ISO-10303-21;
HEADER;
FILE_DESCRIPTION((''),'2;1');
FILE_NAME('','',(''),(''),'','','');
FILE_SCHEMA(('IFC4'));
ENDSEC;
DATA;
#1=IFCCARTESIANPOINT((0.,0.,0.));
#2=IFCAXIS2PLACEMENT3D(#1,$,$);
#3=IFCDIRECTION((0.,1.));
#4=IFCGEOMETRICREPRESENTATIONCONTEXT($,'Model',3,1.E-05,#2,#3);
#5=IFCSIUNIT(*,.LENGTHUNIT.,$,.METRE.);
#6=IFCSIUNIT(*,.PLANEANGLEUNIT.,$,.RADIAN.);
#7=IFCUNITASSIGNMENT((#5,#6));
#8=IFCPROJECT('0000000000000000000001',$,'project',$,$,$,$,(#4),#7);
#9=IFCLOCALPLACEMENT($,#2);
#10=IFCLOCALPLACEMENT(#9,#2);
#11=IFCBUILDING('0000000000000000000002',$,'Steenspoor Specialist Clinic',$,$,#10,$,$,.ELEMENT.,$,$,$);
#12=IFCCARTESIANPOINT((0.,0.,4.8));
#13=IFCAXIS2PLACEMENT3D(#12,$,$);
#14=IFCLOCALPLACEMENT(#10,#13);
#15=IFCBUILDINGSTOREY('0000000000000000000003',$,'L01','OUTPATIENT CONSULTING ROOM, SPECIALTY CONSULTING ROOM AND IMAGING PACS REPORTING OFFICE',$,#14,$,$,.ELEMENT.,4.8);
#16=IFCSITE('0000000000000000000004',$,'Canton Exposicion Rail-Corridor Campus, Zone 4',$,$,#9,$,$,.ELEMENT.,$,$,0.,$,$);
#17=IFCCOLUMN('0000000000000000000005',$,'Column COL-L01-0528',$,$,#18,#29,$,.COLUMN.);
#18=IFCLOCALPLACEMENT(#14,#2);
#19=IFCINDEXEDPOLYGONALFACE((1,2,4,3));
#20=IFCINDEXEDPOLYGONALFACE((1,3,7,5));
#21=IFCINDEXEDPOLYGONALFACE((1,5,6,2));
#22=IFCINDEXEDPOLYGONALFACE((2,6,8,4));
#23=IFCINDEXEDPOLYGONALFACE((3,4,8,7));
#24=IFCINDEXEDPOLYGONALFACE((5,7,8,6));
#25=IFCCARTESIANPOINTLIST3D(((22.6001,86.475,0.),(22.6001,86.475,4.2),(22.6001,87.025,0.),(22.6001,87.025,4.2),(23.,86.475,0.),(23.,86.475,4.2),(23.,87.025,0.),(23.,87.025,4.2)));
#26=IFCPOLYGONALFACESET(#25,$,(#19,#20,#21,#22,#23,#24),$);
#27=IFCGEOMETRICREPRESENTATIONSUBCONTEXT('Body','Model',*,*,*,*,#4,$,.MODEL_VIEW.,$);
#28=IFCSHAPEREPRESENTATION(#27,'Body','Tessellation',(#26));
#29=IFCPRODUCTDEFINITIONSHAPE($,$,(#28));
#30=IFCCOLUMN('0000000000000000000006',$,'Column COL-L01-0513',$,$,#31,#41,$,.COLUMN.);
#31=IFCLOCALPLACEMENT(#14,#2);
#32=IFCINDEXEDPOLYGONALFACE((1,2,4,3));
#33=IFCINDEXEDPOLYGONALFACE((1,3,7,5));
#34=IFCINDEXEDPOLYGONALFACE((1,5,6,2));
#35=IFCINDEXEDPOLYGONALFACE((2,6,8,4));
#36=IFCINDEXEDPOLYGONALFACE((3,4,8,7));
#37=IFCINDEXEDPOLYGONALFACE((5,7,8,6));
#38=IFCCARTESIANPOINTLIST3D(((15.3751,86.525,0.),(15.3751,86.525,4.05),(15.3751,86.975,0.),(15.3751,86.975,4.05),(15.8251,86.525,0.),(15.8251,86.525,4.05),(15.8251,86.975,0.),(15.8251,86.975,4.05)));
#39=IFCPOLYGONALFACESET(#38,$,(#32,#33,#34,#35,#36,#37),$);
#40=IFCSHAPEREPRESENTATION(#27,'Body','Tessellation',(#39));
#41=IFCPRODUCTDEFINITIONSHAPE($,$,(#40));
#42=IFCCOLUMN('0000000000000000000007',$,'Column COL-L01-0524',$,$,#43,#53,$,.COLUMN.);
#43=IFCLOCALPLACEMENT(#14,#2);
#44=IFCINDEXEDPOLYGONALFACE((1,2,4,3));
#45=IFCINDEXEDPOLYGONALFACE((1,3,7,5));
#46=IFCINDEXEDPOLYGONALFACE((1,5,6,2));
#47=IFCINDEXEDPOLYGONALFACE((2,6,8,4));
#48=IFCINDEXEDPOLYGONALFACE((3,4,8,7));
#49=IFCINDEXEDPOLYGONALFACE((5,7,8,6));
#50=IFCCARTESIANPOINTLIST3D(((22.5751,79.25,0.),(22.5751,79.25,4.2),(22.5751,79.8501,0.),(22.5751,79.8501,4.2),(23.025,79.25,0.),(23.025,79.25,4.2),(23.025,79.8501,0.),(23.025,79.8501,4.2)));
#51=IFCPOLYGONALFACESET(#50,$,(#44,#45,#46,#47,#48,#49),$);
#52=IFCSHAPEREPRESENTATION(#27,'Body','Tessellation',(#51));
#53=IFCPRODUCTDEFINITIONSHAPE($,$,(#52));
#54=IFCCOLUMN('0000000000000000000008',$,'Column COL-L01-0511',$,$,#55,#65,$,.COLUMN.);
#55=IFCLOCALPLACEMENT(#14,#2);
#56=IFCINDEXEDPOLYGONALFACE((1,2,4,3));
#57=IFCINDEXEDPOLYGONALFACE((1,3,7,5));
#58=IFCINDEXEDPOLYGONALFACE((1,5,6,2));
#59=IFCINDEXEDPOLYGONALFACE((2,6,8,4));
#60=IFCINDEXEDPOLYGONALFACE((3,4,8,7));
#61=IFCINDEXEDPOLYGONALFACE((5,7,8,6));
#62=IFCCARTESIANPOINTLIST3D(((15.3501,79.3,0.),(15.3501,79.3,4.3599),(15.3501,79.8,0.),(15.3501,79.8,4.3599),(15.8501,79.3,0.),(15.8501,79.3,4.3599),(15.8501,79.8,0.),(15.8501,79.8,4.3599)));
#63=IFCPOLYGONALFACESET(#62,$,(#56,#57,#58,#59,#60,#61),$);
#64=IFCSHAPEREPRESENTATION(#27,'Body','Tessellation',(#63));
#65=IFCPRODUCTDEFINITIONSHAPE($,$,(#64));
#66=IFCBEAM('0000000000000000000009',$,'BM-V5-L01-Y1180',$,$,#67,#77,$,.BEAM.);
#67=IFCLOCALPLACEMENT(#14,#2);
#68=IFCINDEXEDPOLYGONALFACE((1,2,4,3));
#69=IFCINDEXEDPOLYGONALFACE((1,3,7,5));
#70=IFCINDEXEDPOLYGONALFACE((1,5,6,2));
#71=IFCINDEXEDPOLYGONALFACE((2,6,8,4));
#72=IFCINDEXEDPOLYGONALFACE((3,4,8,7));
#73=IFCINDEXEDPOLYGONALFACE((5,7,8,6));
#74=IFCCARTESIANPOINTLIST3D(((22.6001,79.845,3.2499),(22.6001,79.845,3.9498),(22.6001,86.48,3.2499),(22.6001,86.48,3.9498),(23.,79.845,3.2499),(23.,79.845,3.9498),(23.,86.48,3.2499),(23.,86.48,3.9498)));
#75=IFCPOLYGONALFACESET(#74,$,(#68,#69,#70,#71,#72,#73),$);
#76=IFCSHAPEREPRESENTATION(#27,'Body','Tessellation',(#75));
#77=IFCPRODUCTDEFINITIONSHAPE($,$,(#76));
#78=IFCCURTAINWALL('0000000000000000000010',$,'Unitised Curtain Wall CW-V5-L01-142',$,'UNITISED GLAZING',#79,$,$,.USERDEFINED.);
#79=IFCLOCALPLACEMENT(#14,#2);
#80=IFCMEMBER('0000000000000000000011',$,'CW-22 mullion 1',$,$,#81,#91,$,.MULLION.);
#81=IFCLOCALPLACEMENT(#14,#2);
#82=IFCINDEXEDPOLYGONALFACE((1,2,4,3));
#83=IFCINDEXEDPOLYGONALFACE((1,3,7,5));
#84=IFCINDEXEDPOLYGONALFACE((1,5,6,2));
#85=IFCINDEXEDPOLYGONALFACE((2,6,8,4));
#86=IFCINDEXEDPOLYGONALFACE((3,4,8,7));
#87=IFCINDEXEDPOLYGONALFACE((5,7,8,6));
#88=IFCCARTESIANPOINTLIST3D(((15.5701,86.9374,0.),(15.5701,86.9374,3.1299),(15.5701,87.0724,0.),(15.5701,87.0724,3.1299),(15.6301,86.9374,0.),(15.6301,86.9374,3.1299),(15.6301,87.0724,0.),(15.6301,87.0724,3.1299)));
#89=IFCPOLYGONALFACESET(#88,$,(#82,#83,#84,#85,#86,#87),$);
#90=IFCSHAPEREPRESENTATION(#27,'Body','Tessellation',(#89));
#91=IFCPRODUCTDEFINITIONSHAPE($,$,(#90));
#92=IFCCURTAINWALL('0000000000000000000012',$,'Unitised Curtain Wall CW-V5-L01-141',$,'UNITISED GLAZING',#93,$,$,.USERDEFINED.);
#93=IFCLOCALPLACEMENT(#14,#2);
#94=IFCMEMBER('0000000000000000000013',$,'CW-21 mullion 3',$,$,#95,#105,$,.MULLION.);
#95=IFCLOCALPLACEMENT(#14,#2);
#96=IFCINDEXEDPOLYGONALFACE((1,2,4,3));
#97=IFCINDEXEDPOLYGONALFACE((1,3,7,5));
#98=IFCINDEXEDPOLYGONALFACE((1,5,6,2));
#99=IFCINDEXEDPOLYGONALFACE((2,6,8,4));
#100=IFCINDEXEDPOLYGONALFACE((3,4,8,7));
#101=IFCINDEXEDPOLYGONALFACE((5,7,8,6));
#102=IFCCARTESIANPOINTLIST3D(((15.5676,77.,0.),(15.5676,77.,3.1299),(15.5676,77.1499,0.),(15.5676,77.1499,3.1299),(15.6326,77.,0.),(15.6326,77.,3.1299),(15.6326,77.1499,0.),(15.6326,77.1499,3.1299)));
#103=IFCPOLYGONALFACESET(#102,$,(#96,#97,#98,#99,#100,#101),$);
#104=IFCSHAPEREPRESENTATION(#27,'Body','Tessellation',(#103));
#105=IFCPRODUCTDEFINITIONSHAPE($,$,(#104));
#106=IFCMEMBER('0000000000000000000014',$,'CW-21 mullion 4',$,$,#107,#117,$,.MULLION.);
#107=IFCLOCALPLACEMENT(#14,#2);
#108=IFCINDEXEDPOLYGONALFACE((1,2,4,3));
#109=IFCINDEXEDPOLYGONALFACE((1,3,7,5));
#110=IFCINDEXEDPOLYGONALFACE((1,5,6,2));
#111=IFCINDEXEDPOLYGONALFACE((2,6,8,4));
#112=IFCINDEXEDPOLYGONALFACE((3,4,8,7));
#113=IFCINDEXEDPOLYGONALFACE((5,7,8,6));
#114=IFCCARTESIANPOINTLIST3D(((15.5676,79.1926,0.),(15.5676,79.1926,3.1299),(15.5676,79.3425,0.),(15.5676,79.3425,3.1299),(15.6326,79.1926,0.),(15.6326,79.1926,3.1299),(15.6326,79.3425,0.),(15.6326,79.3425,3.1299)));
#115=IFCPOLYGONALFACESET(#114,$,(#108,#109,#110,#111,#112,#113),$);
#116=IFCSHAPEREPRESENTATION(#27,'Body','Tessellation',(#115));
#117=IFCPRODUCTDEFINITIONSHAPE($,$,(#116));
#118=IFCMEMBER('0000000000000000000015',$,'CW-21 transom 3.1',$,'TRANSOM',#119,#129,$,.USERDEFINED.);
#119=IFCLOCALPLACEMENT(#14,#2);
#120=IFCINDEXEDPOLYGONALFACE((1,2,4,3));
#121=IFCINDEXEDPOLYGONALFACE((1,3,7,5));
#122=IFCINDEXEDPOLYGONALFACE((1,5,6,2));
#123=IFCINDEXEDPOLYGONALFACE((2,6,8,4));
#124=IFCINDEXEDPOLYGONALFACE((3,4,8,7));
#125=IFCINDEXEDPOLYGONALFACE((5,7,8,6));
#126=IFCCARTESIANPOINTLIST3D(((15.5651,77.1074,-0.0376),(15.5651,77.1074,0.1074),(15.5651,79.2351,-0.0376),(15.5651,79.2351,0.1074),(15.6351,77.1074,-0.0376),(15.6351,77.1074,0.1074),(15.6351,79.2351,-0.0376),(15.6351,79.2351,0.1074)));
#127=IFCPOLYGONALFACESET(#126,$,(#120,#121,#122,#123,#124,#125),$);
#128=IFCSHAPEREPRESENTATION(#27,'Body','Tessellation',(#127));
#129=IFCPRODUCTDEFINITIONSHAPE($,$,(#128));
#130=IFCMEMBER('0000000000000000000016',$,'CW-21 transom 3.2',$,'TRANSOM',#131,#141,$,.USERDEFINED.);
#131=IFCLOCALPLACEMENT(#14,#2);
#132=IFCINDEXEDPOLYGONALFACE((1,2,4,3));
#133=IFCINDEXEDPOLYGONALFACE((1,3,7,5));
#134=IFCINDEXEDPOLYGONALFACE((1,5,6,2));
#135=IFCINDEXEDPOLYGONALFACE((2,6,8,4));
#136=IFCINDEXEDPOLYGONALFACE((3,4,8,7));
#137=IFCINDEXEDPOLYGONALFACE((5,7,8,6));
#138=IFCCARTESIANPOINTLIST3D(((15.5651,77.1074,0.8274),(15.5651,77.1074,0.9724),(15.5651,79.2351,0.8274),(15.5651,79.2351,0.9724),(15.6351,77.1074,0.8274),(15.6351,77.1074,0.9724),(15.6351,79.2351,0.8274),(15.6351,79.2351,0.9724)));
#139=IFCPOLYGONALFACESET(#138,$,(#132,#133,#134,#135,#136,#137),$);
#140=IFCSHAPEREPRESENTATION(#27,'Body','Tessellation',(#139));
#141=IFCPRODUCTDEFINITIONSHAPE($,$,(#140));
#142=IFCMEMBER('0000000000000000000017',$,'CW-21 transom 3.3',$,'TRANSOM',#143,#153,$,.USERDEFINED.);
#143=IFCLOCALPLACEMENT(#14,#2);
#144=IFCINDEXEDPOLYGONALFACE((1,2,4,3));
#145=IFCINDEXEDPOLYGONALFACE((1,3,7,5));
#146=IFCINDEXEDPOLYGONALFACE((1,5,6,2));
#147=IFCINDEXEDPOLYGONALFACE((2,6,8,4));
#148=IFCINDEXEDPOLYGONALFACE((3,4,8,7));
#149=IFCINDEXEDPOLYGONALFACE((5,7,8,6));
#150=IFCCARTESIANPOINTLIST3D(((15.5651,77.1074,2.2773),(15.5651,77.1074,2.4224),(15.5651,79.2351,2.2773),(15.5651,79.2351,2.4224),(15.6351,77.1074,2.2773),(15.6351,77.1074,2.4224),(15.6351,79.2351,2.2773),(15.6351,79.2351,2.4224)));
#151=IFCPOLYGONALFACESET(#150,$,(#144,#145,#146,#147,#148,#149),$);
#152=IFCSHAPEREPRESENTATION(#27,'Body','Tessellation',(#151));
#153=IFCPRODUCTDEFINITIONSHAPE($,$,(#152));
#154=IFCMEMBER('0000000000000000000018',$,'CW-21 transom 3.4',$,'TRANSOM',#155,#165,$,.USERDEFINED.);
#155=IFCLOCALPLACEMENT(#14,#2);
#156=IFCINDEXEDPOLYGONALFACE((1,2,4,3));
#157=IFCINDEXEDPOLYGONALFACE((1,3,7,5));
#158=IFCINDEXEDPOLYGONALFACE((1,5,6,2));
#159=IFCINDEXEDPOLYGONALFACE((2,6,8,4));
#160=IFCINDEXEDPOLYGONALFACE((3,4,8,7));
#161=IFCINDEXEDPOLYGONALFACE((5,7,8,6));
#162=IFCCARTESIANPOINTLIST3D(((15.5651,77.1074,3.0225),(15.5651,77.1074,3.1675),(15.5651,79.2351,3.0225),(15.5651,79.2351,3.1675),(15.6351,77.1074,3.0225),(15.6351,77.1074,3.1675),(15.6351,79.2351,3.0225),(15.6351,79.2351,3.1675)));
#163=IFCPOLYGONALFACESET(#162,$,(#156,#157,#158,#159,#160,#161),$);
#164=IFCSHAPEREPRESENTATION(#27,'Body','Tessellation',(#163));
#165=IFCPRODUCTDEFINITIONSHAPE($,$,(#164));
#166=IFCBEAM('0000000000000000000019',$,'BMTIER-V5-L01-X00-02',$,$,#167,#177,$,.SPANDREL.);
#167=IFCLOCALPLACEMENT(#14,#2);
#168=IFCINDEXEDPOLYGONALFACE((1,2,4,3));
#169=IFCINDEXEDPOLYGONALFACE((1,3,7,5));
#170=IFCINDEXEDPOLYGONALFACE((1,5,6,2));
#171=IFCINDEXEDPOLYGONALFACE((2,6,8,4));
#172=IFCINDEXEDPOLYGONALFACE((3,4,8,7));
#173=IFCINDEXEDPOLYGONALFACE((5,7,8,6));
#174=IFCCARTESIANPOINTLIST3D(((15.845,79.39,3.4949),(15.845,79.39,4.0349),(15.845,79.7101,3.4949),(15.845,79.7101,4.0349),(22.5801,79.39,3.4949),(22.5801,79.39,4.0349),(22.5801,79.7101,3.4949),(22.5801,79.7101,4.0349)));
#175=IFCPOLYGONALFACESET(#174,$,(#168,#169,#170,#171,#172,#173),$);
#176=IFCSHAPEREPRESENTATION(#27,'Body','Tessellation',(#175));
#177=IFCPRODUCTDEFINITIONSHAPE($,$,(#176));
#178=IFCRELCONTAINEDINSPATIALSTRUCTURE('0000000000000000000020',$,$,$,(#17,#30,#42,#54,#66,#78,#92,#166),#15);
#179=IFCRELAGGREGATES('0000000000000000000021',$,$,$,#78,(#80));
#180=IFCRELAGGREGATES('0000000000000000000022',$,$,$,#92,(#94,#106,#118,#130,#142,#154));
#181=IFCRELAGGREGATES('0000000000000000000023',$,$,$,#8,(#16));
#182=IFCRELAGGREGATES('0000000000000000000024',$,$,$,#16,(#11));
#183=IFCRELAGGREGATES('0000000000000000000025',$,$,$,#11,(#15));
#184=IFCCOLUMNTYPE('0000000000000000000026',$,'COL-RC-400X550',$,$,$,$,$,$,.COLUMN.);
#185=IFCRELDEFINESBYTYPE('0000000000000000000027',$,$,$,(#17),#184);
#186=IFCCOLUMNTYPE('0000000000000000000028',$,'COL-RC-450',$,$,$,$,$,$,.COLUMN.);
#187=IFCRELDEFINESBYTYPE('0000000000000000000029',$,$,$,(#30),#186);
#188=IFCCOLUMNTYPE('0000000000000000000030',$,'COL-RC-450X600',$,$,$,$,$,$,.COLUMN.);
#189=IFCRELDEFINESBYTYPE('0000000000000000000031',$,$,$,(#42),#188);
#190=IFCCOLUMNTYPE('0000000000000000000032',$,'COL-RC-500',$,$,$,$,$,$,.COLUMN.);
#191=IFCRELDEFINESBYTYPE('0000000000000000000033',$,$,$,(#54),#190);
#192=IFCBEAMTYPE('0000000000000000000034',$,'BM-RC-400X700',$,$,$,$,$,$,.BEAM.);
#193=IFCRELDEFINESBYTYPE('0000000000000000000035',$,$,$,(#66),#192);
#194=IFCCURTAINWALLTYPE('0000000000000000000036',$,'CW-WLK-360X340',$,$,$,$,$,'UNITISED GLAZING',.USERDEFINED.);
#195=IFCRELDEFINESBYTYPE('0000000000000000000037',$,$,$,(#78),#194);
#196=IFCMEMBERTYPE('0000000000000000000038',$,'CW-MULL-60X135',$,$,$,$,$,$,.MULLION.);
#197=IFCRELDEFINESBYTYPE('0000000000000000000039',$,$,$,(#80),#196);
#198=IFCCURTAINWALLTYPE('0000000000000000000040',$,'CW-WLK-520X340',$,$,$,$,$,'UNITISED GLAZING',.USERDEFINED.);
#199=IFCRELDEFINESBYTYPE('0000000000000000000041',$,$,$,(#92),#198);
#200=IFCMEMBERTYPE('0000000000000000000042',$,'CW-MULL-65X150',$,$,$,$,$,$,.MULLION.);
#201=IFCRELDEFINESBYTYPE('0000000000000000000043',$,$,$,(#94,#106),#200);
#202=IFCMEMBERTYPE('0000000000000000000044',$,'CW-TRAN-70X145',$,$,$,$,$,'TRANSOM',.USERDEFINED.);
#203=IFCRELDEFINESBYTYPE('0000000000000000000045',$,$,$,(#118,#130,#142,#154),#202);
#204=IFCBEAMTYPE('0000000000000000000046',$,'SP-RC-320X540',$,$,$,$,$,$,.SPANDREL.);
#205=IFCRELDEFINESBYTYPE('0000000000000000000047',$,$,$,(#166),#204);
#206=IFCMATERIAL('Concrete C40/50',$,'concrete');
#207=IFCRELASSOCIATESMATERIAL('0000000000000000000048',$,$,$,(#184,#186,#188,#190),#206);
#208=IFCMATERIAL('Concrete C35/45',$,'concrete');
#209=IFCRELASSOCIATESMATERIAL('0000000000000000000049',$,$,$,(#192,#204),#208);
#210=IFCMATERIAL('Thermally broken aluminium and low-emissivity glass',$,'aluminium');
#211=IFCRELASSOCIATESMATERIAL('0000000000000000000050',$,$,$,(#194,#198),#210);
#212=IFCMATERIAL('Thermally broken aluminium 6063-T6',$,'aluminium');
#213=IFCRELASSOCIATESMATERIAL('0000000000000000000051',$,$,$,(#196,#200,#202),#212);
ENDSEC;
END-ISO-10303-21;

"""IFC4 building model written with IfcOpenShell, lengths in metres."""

from ifc_helpers import new_model, si_unit, direction, frame, origin, origin_2d, place, context, subcontext, project, spatial, rectangle, extrude, material, material_profile, profile_set, type_object, element, aggregate, save


model = new_model("IFC4")

# Units and contexts
model_context = context("Model", 3, precision=1e-05, world=origin(), true_north=direction((0.0, 1.0)))
body_context = subcontext(model_context, "Body", "Model", "MODEL_VIEW")
ifc_project = project(units=[si_unit("LENGTHUNIT", "METRE"), si_unit("PLANEANGLEUNIT", "RADIAN")], contexts=[model_context])

# Site, building, storey
site_placement = place(None, origin())
site = spatial("IfcSite", under=ifc_project, at=site_placement, Name="Canton Exposicion Rail-Corridor Campus, Zone 4", CompositionType="ELEMENT", RefElevation=0.0)
building_placement = place(site_placement, origin())
building = spatial("IfcBuilding", under=site, at=building_placement, Name="Steenspoor Specialist Clinic", CompositionType="ELEMENT")
storey_placement = place(building_placement, frame((0.0, 0.0, 4.8)))
storey = spatial("IfcBuildingStorey", under=building, at=storey_placement, Name="L01", Description="OUTPATIENT CONSULTING ROOM, SPECIALTY CONSULTING ROOM AND IMAGING PACS REPORTING OFFICE", CompositionType="ELEMENT", Elevation=4.8)

# Columns
ifc_material_1 = material(Name="Concrete C40/50", Category="concrete")
ifc_material_profile_1 = material_profile(ifc_material_1, rectangle(XDim=0.3999, YDim=0.55, at=origin_2d()), Name="RC-COL-400X550")
ifc_profile_set_1 = profile_set([ifc_material_profile_1], Name="Concrete C40/50")
column_type_1 = type_object("IfcColumnType", Name="COL-RC-400X550", PredefinedType="COLUMN", material=ifc_profile_set_1)
column_1_placement = place(storey_placement, frame((22.8, 86.75, 0.0), z_axis=(0.0, 0.0, 1.0), x_axis=(1.0, 0.0, 0.0)))
element("IfcColumn", 1, at=column_1_placement, inside=storey, type_object=column_type_1, Name="Column COL-L01-0528", PredefinedType="COLUMN", context=body_context, shape_type="SweptSolid", body=[
    extrude(rectangle(XDim=0.3999, YDim=0.55, at=origin_2d()), origin(), (0.0, 0.0, 1.0), 4.2),
])
ifc_material_profile_2 = material_profile(ifc_material_1, rectangle(XDim=0.45, YDim=0.45, at=origin_2d()), Name="RC-COL-450X450")
ifc_profile_set_2 = profile_set([ifc_material_profile_2], Name="Concrete C40/50")
column_type_2 = type_object("IfcColumnType", Name="COL-RC-450", PredefinedType="COLUMN", material=ifc_profile_set_2)
column_2_placement = place(storey_placement, frame((15.6001, 86.75, 0.0), z_axis=(0.0, 0.0, 1.0), x_axis=(1.0, 0.0, 0.0)))
element("IfcColumn", 2, at=column_2_placement, inside=storey, type_object=column_type_2, Name="Column COL-L01-0513", PredefinedType="COLUMN", context=body_context, shape_type="SweptSolid", body=[
    extrude(rectangle(XDim=0.45, YDim=0.45, at=origin_2d()), origin(), (0.0, 0.0, 1.0), 4.05),
])
ifc_material_profile_3 = material_profile(ifc_material_1, rectangle(XDim=0.45, YDim=0.6001, at=origin_2d()), Name="RC-COL-450X600")
ifc_profile_set_3 = profile_set([ifc_material_profile_3], Name="Concrete C40/50")
column_type_3 = type_object("IfcColumnType", Name="COL-RC-450X600", PredefinedType="COLUMN", material=ifc_profile_set_3)
column_3_placement = place(storey_placement, frame((22.8, 79.55, 0.0), z_axis=(0.0, 0.0, 1.0), x_axis=(1.0, 0.0, 0.0)))
element("IfcColumn", 3, at=column_3_placement, inside=storey, type_object=column_type_3, Name="Column COL-L01-0524", PredefinedType="COLUMN", context=body_context, shape_type="SweptSolid", body=[
    extrude(rectangle(XDim=0.45, YDim=0.6001, at=origin_2d()), origin(), (0.0, 0.0, 1.0), 4.2),
])
ifc_material_profile_4 = material_profile(ifc_material_1, rectangle(XDim=0.5, YDim=0.5, at=origin_2d()), Name="RC-COL-500X500")
ifc_profile_set_4 = profile_set([ifc_material_profile_4], Name="Concrete C40/50")
column_type_4 = type_object("IfcColumnType", Name="COL-RC-500", PredefinedType="COLUMN", material=ifc_profile_set_4)
column_4_placement = place(storey_placement, frame((15.6001, 79.55, 0.0), z_axis=(0.0, 0.0, 1.0), x_axis=(1.0, 0.0, 0.0)))
element("IfcColumn", 4, at=column_4_placement, inside=storey, type_object=column_type_4, Name="Column COL-L01-0511", PredefinedType="COLUMN", context=body_context, shape_type="SweptSolid", body=[
    extrude(rectangle(XDim=0.5, YDim=0.5, at=origin_2d()), origin(), (0.0, 0.0, 1.0), 4.3599),
])

# Beam
ifc_material_2 = material(Name="Concrete C35/45", Category="concrete")
ifc_material_profile_5 = material_profile(ifc_material_2, rectangle(XDim=0.3999, YDim=0.7, at=origin_2d()), Name="RC-BM-400X700")
ifc_profile_set_5 = profile_set([ifc_material_profile_5], Name="Concrete C35/45")
beam_type_1 = type_object("IfcBeamType", Name="BM-RC-400X700", PredefinedType="BEAM", material=ifc_profile_set_5)
beam_1_placement = place(storey_placement, frame((22.8, 79.845, 3.5999), z_axis=(0.0, 1.0, 0.0), x_axis=(-1.0, 0.0, 0.0)))
element("IfcBeam", 5, at=beam_1_placement, inside=storey, type_object=beam_type_1, Name="BM-V5-L01-Y1180", PredefinedType="BEAM", context=body_context, shape_type="SweptSolid", body=[
    extrude(rectangle(XDim=0.3999, YDim=0.7, at=origin_2d()), origin(), (0.0, 0.0, 1.0), 6.635),
])

# Curtain wall, member
ifc_material_3 = material(Name="Thermally broken aluminium and low-emissivity glass", Category="aluminium")
curtain_wall_type_1 = type_object("IfcCurtainWallType", Name="CW-WLK-360X340", ElementType="UNITISED GLAZING", PredefinedType="USERDEFINED", material=ifc_material_3)
curtain_wall_1_placement = place(storey_placement, origin())
curtain_wall_1 = element("IfcCurtainWall", 6, at=curtain_wall_1_placement, inside=storey, type_object=curtain_wall_type_1, Name="Unitised Curtain Wall CW-V5-L01-142", ObjectType="UNITISED GLAZING", PredefinedType="USERDEFINED")
ifc_material_4 = material(Name="Thermally broken aluminium 6063-T6", Category="aluminium")
ifc_material_profile_6 = material_profile(ifc_material_4, rectangle(XDim=0.0601, YDim=0.135, at=origin_2d()), Name="CWM-60X135")
ifc_profile_set_6 = profile_set([ifc_material_profile_6], Name="Thermally broken aluminium 6063-T6")
member_type_1 = type_object("IfcMemberType", Name="CW-MULL-60X135", PredefinedType="MULLION", material=ifc_profile_set_6)
member_1_placement = place(storey_placement, frame((15.6001, 87.0049, 0.0), z_axis=(0.0, 0.0, 1.0), x_axis=(-1.0, 0.0, 0.0)))
member_1 = element("IfcMember", 7, at=member_1_placement, type_object=member_type_1, Name="CW-22 mullion 1", PredefinedType="MULLION", context=body_context, shape_type="SweptSolid", body=[
    extrude(rectangle(XDim=0.0601, YDim=0.135, at=origin_2d()), origin(), (0.0, 0.0, 1.0), 3.1299),
])
aggregate(curtain_wall_1, [member_1])

# Curtain wall, members
curtain_wall_type_2 = type_object("IfcCurtainWallType", Name="CW-WLK-520X340", ElementType="UNITISED GLAZING", PredefinedType="USERDEFINED", material=ifc_material_3)
curtain_wall_2_placement = place(storey_placement, origin())
curtain_wall_2 = element("IfcCurtainWall", 8, at=curtain_wall_2_placement, inside=storey, type_object=curtain_wall_type_2, Name="Unitised Curtain Wall CW-V5-L01-141", ObjectType="UNITISED GLAZING", PredefinedType="USERDEFINED")
ifc_material_profile_7 = material_profile(ifc_material_4, rectangle(XDim=0.0649, YDim=0.1499, at=origin_2d()), Name="CWM-65X150")
ifc_profile_set_7 = profile_set([ifc_material_profile_7], Name="Thermally broken aluminium 6063-T6")
member_type_2 = type_object("IfcMemberType", Name="CW-MULL-65X150", PredefinedType="MULLION", material=ifc_profile_set_7)
member_2_placement = place(storey_placement, frame((15.6001, 77.075, 0.0), z_axis=(0.0, 0.0, 1.0), x_axis=(-1.0, 0.0, 0.0)))
member_2 = element("IfcMember", 9, at=member_2_placement, type_object=member_type_2, Name="CW-21 mullion 3", PredefinedType="MULLION", context=body_context, shape_type="SweptSolid", body=[
    extrude(rectangle(XDim=0.0649, YDim=0.1499, at=origin_2d()), origin(), (0.0, 0.0, 1.0), 3.1299),
])
member_3_placement = place(storey_placement, frame((15.6001, 79.2676, 0.0), z_axis=(0.0, 0.0, 1.0), x_axis=(-1.0, 0.0, 0.0)))
member_3 = element("IfcMember", 10, at=member_3_placement, type_object=member_type_2, Name="CW-21 mullion 4", PredefinedType="MULLION", context=body_context, shape_type="SweptSolid", body=[
    extrude(rectangle(XDim=0.0649, YDim=0.1499, at=origin_2d()), origin(), (0.0, 0.0, 1.0), 3.1299),
])
ifc_material_profile_8 = material_profile(ifc_material_4, rectangle(XDim=0.0701, YDim=0.145, at=origin_2d()), Name="CWT-70X145")
ifc_profile_set_8 = profile_set([ifc_material_profile_8], Name="Thermally broken aluminium 6063-T6")
member_type_3 = type_object("IfcMemberType", Name="CW-TRAN-70X145", ElementType="TRANSOM", PredefinedType="USERDEFINED", material=ifc_profile_set_8)
member_4_placement = place(storey_placement, frame((15.6001, 77.1074, 0.0349), z_axis=(0.0, 1.0, 0.0), x_axis=(-1.0, 0.0, 0.0)))
member_4 = element("IfcMember", 11, at=member_4_placement, type_object=member_type_3, Name="CW-21 transom 3.1", ObjectType="TRANSOM", PredefinedType="USERDEFINED", context=body_context, shape_type="SweptSolid", body=[
    extrude(rectangle(XDim=0.0701, YDim=0.145, at=origin_2d()), origin(), (0.0, 0.0, 1.0), 2.1277),
])
member_5_placement = place(storey_placement, frame((15.6001, 77.1074, 0.8999), z_axis=(0.0, 1.0, 0.0), x_axis=(-1.0, 0.0, 0.0)))
member_5 = element("IfcMember", 12, at=member_5_placement, type_object=member_type_3, Name="CW-21 transom 3.2", ObjectType="TRANSOM", PredefinedType="USERDEFINED", context=body_context, shape_type="SweptSolid", body=[
    extrude(rectangle(XDim=0.0701, YDim=0.145, at=origin_2d()), origin(), (0.0, 0.0, 1.0), 2.1277),
])
member_6_placement = place(storey_placement, frame((15.6001, 77.1074, 2.3499), z_axis=(0.0, 1.0, 0.0), x_axis=(-1.0, 0.0, 0.0)))
member_6 = element("IfcMember", 13, at=member_6_placement, type_object=member_type_3, Name="CW-21 transom 3.3", ObjectType="TRANSOM", PredefinedType="USERDEFINED", context=body_context, shape_type="SweptSolid", body=[
    extrude(rectangle(XDim=0.0701, YDim=0.145, at=origin_2d()), origin(), (0.0, 0.0, 1.0), 2.1277),
])
member_7_placement = place(storey_placement, frame((15.6001, 77.1074, 3.095), z_axis=(0.0, 1.0, 0.0), x_axis=(-1.0, 0.0, 0.0)))
member_7 = element("IfcMember", 14, at=member_7_placement, type_object=member_type_3, Name="CW-21 transom 3.4", ObjectType="TRANSOM", PredefinedType="USERDEFINED", context=body_context, shape_type="SweptSolid", body=[
    extrude(rectangle(XDim=0.0701, YDim=0.145, at=origin_2d()), origin(), (0.0, 0.0, 1.0), 2.1277),
])

# Beam
ifc_material_profile_9 = material_profile(ifc_material_2, rectangle(XDim=0.3201, YDim=0.54, at=origin_2d()), Name="RC-SP-320X540")
ifc_profile_set_9 = profile_set([ifc_material_profile_9], Name="Concrete C35/45")
beam_type_2 = type_object("IfcBeamType", Name="SP-RC-320X540", PredefinedType="SPANDREL", material=ifc_profile_set_9)
beam_2_placement = place(storey_placement, frame((15.845, 79.55, 3.7649), z_axis=(1.0, 0.0, 0.0), x_axis=(0.0, 1.0, 0.0)))
element("IfcBeam", 15, at=beam_2_placement, inside=storey, type_object=beam_type_2, Name="BMTIER-V5-L01-X00-02", PredefinedType="SPANDREL", context=body_context, shape_type="SweptSolid", body=[
    extrude(rectangle(XDim=0.3201, YDim=0.54, at=origin_2d()), origin(), (0.0, 0.0, 1.0), 6.7351),
])

aggregate(curtain_wall_2, [member_2, member_3, member_4, member_5, member_6, member_7])

save(model, "model.ifc")
